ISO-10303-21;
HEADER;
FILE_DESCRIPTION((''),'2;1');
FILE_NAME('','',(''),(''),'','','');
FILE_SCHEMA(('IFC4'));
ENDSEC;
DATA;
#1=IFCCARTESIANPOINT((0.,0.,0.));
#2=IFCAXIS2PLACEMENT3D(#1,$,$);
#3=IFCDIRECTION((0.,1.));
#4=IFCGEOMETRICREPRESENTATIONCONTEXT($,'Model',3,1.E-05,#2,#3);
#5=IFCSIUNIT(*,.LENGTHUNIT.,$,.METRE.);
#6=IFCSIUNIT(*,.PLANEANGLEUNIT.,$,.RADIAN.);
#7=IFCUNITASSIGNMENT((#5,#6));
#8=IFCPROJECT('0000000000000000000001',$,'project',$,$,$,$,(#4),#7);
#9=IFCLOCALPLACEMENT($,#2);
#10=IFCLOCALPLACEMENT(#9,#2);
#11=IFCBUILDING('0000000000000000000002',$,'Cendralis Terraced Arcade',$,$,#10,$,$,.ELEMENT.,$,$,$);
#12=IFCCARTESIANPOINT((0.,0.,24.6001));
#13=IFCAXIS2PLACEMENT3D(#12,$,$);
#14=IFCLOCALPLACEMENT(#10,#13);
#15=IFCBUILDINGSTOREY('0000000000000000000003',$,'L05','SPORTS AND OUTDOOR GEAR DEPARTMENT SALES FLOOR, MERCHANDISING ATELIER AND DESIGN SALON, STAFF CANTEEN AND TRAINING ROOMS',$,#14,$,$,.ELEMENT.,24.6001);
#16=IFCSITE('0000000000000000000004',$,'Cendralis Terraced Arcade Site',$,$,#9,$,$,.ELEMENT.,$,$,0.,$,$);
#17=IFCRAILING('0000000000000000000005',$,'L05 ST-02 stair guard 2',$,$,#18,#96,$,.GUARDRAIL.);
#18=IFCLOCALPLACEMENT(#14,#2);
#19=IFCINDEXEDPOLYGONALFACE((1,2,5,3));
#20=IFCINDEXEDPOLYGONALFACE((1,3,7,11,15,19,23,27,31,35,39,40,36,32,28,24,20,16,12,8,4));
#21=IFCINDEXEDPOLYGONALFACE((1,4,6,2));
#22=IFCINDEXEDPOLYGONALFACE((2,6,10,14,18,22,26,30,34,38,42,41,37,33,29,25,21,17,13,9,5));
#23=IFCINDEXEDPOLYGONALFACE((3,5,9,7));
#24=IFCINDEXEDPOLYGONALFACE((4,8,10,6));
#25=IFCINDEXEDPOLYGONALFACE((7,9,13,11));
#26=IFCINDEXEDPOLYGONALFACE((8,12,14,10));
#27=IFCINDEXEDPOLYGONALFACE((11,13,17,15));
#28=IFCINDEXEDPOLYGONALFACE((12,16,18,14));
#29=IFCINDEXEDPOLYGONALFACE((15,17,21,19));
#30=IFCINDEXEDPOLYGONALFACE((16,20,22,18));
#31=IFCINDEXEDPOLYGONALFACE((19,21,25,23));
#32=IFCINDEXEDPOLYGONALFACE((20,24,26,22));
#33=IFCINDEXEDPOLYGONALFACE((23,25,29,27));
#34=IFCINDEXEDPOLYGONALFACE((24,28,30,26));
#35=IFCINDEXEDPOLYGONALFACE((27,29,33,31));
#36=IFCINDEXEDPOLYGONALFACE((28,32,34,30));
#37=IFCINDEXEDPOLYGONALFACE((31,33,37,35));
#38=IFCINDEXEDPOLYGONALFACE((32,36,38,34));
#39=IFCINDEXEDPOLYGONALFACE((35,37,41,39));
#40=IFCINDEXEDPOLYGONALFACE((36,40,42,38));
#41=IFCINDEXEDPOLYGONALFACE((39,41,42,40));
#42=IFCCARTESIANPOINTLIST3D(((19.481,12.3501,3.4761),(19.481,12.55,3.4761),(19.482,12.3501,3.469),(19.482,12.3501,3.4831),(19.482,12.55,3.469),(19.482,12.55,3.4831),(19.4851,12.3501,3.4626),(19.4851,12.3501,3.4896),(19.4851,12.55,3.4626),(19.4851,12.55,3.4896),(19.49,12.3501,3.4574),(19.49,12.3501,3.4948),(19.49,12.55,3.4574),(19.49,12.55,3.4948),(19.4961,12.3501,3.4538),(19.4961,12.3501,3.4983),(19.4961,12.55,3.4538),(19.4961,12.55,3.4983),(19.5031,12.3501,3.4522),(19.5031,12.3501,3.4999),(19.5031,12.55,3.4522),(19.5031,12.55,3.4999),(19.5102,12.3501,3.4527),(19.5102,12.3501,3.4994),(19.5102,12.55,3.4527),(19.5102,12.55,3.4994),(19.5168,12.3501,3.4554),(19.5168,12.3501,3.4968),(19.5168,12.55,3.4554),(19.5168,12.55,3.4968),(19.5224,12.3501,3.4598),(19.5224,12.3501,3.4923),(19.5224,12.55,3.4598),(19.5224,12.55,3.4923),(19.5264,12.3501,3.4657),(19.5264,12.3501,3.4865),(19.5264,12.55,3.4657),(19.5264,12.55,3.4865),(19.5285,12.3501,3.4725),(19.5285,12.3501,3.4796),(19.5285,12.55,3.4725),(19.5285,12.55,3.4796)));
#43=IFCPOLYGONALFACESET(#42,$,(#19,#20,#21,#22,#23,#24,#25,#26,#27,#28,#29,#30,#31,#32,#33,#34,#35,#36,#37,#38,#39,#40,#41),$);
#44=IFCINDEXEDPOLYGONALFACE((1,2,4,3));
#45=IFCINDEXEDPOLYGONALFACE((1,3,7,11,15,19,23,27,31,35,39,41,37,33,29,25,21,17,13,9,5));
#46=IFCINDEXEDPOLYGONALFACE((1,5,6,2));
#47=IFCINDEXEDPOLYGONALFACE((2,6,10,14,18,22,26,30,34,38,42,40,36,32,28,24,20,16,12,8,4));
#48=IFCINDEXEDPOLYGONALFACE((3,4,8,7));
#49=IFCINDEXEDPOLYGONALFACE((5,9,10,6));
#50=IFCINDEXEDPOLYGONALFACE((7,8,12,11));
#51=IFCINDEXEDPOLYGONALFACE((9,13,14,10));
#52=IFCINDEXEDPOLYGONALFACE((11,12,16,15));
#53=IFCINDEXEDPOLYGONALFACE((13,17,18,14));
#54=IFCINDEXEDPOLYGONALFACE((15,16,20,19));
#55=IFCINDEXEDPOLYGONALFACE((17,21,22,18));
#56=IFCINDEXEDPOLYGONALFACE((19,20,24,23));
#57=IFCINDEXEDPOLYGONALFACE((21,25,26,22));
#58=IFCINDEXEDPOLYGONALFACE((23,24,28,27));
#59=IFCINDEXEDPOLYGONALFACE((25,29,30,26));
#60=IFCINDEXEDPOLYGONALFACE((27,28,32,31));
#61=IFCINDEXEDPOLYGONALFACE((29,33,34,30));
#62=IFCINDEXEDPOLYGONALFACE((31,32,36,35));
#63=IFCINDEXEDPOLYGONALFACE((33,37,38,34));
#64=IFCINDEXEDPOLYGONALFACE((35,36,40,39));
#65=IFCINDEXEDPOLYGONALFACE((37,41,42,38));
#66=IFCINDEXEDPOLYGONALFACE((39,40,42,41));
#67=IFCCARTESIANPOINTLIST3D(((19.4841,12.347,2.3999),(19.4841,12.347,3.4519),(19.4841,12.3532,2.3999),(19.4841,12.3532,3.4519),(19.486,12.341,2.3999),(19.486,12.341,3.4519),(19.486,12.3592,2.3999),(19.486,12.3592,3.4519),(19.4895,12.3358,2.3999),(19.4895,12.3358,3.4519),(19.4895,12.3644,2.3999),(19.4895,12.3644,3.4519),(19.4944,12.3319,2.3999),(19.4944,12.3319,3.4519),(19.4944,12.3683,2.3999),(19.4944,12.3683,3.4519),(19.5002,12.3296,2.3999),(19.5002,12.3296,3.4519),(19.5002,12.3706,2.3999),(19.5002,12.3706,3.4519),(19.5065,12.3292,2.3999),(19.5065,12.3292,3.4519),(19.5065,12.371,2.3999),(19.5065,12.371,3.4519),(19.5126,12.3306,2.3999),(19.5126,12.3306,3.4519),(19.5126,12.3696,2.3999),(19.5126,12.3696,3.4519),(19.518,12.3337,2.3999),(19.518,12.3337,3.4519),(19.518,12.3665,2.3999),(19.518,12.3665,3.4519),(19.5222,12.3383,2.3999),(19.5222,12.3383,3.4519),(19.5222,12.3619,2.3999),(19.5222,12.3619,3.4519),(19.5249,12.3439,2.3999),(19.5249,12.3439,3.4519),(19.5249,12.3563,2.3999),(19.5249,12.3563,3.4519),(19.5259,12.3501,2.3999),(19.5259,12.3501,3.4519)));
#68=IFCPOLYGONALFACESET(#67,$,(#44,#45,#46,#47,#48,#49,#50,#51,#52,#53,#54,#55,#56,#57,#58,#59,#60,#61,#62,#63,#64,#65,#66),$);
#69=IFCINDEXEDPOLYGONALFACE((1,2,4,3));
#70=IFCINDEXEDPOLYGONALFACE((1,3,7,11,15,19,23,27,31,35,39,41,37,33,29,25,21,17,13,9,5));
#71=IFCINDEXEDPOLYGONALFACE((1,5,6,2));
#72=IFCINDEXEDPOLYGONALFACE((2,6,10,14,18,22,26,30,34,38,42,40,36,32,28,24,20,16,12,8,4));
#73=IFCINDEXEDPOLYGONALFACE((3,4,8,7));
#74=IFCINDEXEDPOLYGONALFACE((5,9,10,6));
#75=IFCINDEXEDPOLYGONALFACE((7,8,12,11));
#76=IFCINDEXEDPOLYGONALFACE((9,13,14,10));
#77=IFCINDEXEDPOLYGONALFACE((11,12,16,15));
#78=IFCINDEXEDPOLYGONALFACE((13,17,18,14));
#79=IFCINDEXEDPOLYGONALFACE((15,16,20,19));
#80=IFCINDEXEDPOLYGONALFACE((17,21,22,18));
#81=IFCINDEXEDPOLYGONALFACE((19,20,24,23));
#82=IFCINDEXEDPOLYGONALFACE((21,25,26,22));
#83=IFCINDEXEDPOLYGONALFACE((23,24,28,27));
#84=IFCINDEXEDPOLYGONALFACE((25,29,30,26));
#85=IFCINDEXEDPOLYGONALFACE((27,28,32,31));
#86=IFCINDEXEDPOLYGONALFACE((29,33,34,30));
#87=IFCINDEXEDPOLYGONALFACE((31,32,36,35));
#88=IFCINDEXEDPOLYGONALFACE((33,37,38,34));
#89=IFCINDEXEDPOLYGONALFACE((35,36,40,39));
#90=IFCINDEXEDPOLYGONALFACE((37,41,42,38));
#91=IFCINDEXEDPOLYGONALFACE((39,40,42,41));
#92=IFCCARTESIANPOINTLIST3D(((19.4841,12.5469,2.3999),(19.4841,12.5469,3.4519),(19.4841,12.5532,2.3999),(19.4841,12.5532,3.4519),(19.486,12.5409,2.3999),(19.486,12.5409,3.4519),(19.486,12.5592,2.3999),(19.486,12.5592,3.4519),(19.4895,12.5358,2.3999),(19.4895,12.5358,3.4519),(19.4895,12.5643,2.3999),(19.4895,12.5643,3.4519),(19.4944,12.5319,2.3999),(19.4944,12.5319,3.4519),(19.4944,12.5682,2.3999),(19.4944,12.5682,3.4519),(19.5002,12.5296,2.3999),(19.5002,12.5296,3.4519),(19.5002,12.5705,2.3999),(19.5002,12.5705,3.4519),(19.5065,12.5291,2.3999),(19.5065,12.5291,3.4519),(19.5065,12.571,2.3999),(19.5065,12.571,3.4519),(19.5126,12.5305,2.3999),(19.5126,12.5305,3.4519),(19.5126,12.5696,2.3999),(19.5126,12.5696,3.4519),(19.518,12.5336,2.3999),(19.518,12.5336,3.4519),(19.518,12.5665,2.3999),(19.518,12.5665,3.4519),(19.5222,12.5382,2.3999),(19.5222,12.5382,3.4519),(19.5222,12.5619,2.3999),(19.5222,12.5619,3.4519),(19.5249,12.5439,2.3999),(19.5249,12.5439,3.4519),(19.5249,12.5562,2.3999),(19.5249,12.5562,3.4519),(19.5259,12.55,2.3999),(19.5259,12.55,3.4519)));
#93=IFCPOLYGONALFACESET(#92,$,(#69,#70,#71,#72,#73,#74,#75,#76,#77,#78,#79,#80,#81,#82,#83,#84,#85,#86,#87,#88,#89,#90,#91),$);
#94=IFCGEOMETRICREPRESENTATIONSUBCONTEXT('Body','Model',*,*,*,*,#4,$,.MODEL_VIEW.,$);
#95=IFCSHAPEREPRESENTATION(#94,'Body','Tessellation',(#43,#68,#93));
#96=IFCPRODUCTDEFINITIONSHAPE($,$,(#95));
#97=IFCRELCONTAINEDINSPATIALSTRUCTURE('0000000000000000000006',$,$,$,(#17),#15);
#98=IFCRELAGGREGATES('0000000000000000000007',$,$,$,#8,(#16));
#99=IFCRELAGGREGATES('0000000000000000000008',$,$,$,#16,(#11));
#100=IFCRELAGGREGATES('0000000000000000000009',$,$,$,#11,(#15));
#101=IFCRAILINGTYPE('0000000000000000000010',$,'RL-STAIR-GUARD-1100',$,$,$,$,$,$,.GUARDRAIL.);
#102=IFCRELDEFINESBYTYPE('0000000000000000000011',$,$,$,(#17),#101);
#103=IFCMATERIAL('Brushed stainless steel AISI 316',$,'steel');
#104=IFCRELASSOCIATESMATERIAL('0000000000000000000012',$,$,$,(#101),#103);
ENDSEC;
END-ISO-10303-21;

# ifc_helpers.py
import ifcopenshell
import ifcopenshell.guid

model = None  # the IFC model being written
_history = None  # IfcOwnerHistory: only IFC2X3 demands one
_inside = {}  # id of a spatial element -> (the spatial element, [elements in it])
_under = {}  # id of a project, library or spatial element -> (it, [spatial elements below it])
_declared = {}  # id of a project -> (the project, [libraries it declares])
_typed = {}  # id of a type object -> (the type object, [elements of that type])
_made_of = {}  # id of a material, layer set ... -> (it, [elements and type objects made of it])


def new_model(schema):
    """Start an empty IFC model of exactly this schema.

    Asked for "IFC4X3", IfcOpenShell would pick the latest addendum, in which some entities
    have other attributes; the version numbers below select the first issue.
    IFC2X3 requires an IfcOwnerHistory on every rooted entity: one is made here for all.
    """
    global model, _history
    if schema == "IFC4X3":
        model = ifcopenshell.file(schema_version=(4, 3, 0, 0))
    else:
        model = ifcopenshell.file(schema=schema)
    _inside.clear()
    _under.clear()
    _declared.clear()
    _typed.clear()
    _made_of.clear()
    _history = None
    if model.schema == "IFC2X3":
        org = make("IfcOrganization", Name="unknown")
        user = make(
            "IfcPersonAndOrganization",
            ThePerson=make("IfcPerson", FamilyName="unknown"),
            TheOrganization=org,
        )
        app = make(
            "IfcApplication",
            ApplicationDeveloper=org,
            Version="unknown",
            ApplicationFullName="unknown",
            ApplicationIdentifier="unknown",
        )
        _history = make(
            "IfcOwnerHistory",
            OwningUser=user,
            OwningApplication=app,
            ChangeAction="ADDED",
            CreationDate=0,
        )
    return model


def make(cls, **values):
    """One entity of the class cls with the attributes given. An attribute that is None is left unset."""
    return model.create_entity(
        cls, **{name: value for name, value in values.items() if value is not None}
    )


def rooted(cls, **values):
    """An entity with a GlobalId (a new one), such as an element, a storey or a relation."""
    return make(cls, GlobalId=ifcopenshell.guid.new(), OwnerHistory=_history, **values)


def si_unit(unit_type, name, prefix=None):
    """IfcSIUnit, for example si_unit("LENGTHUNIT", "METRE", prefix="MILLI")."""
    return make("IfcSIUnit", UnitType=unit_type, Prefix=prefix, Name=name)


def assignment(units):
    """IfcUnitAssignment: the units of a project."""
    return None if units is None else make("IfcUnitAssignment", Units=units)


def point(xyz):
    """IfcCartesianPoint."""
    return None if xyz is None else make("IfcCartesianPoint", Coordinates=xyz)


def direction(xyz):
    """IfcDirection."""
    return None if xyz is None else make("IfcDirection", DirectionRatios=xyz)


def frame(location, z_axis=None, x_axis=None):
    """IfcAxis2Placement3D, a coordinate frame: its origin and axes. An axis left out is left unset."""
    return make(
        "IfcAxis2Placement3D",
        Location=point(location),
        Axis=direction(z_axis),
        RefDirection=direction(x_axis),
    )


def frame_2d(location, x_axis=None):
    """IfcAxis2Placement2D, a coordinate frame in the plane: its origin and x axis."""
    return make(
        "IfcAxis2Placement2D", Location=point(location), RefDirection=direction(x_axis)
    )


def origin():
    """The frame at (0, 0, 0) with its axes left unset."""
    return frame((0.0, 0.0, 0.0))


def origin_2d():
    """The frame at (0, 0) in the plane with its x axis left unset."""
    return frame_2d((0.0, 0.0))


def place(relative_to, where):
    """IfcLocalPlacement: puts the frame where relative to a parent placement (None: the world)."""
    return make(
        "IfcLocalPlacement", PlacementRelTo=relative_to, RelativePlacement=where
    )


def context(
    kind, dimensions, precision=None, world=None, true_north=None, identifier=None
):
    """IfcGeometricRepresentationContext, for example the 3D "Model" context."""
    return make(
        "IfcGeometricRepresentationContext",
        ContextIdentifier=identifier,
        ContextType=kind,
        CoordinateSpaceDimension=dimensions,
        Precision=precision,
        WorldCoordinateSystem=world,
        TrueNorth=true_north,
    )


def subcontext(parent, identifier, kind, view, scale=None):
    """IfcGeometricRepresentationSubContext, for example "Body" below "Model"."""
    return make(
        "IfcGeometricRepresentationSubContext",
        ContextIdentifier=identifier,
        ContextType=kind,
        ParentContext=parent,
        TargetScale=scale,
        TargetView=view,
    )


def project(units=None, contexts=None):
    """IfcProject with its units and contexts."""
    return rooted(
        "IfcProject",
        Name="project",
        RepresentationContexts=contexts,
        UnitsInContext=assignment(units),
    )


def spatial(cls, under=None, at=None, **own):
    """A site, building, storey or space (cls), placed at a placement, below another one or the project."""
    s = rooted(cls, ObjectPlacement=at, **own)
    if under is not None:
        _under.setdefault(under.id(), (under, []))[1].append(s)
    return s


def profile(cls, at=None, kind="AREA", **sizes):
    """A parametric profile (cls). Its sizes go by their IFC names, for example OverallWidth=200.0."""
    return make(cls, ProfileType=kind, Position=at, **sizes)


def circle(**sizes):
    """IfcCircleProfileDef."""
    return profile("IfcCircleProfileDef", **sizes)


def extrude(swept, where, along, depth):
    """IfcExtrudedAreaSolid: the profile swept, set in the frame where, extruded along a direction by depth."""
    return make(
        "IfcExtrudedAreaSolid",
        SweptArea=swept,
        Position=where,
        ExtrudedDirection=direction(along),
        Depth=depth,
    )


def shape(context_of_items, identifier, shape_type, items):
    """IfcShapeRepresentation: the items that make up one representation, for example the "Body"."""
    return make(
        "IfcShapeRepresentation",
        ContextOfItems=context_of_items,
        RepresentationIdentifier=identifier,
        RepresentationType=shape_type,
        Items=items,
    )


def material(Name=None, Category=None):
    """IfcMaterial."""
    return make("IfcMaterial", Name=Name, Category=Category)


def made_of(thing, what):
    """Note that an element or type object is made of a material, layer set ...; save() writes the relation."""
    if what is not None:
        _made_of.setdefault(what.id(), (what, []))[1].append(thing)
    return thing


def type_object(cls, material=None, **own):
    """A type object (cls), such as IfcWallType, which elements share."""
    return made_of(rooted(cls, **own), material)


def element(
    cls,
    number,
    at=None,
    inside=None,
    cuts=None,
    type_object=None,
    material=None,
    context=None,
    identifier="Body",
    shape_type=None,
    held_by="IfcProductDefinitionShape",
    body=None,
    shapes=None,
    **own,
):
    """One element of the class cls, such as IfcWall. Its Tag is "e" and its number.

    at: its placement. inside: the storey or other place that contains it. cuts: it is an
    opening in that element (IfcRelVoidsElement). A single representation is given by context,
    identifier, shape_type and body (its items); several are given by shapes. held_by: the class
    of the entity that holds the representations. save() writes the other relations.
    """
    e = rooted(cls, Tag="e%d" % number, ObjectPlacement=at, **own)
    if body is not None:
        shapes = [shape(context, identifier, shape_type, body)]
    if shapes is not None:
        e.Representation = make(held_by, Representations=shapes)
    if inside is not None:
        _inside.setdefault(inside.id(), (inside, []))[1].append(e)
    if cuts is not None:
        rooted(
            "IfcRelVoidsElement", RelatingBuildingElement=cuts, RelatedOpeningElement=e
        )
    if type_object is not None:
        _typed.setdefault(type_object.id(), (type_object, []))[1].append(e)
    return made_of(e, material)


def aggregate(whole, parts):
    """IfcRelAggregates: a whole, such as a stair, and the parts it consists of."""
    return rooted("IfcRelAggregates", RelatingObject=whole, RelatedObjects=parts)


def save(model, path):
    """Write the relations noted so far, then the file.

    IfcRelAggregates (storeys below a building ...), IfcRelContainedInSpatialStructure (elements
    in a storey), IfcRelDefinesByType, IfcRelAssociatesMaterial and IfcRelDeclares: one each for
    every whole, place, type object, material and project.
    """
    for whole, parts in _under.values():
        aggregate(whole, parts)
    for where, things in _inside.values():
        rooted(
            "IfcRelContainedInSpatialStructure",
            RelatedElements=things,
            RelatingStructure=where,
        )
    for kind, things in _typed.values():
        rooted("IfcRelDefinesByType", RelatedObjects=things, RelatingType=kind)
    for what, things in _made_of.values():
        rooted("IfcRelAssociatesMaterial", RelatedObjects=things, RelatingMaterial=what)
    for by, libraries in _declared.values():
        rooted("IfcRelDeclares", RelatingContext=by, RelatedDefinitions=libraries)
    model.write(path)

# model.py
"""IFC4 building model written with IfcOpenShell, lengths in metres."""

from ifc_helpers import new_model, si_unit, direction, frame, origin, origin_2d, place, context, subcontext, project, spatial, circle, extrude, material, type_object, element, save


model = new_model("IFC4")

# Units and contexts
model_context = context("Model", 3, precision=1e-05, world=origin(), true_north=direction((0.0, 1.0)))
body_context = subcontext(model_context, "Body", "Model", "MODEL_VIEW")
ifc_project = project(units=[si_unit("LENGTHUNIT", "METRE"), si_unit("PLANEANGLEUNIT", "RADIAN")], contexts=[model_context])

# Site, building, storey
site_placement = place(None, origin())
site = spatial("IfcSite", under=ifc_project, at=site_placement, Name="Cendralis Terraced Arcade Site", CompositionType="ELEMENT", RefElevation=0.0)
building_placement = place(site_placement, origin())
building = spatial("IfcBuilding", under=site, at=building_placement, Name="Cendralis Terraced Arcade", CompositionType="ELEMENT")
storey_placement = place(building_placement, frame((0.0, 0.0, 24.6001)))
storey = spatial("IfcBuildingStorey", under=building, at=storey_placement, Name="L05", Description="SPORTS AND OUTDOOR GEAR DEPARTMENT SALES FLOOR, MERCHANDISING ATELIER AND DESIGN SALON, STAFF CANTEEN AND TRAINING ROOMS", CompositionType="ELEMENT", Elevation=24.6001)

# Railing
ifc_material_1 = material(Name="Brushed stainless steel AISI 316", Category="steel")
railing_type_1 = type_object("IfcRailingType", Name="RL-STAIR-GUARD-1100", PredefinedType="GUARDRAIL", material=ifc_material_1)
railing_1_placement = place(storey_placement, frame((19.5049, 12.3501, 2.3999)))
element("IfcRailing", 1, at=railing_1_placement, inside=storey, type_object=railing_type_1, Name="L05 ST-02 stair guard 2", PredefinedType="GUARDRAIL", context=body_context, shape_type="SweptSolid", body=[
    extrude(circle(Radius=0.0239, at=origin_2d()), frame((0.0, 0.0, 1.0762), z_axis=(0.0, 1.0, 0.0), x_axis=(-1.0, 0.0, 0.0)), (0.0, 0.0, 1.0), 0.2),
    extrude(circle(Radius=0.021, at=origin_2d()), origin(), (0.0, 0.0, 1.0), 1.052),
    extrude(circle(Radius=0.021, at=origin_2d()), frame((0.0, 0.2, 0.0)), (0.0, 0.0, 1.0), 1.052),
])

save(model, "model.ifc")
